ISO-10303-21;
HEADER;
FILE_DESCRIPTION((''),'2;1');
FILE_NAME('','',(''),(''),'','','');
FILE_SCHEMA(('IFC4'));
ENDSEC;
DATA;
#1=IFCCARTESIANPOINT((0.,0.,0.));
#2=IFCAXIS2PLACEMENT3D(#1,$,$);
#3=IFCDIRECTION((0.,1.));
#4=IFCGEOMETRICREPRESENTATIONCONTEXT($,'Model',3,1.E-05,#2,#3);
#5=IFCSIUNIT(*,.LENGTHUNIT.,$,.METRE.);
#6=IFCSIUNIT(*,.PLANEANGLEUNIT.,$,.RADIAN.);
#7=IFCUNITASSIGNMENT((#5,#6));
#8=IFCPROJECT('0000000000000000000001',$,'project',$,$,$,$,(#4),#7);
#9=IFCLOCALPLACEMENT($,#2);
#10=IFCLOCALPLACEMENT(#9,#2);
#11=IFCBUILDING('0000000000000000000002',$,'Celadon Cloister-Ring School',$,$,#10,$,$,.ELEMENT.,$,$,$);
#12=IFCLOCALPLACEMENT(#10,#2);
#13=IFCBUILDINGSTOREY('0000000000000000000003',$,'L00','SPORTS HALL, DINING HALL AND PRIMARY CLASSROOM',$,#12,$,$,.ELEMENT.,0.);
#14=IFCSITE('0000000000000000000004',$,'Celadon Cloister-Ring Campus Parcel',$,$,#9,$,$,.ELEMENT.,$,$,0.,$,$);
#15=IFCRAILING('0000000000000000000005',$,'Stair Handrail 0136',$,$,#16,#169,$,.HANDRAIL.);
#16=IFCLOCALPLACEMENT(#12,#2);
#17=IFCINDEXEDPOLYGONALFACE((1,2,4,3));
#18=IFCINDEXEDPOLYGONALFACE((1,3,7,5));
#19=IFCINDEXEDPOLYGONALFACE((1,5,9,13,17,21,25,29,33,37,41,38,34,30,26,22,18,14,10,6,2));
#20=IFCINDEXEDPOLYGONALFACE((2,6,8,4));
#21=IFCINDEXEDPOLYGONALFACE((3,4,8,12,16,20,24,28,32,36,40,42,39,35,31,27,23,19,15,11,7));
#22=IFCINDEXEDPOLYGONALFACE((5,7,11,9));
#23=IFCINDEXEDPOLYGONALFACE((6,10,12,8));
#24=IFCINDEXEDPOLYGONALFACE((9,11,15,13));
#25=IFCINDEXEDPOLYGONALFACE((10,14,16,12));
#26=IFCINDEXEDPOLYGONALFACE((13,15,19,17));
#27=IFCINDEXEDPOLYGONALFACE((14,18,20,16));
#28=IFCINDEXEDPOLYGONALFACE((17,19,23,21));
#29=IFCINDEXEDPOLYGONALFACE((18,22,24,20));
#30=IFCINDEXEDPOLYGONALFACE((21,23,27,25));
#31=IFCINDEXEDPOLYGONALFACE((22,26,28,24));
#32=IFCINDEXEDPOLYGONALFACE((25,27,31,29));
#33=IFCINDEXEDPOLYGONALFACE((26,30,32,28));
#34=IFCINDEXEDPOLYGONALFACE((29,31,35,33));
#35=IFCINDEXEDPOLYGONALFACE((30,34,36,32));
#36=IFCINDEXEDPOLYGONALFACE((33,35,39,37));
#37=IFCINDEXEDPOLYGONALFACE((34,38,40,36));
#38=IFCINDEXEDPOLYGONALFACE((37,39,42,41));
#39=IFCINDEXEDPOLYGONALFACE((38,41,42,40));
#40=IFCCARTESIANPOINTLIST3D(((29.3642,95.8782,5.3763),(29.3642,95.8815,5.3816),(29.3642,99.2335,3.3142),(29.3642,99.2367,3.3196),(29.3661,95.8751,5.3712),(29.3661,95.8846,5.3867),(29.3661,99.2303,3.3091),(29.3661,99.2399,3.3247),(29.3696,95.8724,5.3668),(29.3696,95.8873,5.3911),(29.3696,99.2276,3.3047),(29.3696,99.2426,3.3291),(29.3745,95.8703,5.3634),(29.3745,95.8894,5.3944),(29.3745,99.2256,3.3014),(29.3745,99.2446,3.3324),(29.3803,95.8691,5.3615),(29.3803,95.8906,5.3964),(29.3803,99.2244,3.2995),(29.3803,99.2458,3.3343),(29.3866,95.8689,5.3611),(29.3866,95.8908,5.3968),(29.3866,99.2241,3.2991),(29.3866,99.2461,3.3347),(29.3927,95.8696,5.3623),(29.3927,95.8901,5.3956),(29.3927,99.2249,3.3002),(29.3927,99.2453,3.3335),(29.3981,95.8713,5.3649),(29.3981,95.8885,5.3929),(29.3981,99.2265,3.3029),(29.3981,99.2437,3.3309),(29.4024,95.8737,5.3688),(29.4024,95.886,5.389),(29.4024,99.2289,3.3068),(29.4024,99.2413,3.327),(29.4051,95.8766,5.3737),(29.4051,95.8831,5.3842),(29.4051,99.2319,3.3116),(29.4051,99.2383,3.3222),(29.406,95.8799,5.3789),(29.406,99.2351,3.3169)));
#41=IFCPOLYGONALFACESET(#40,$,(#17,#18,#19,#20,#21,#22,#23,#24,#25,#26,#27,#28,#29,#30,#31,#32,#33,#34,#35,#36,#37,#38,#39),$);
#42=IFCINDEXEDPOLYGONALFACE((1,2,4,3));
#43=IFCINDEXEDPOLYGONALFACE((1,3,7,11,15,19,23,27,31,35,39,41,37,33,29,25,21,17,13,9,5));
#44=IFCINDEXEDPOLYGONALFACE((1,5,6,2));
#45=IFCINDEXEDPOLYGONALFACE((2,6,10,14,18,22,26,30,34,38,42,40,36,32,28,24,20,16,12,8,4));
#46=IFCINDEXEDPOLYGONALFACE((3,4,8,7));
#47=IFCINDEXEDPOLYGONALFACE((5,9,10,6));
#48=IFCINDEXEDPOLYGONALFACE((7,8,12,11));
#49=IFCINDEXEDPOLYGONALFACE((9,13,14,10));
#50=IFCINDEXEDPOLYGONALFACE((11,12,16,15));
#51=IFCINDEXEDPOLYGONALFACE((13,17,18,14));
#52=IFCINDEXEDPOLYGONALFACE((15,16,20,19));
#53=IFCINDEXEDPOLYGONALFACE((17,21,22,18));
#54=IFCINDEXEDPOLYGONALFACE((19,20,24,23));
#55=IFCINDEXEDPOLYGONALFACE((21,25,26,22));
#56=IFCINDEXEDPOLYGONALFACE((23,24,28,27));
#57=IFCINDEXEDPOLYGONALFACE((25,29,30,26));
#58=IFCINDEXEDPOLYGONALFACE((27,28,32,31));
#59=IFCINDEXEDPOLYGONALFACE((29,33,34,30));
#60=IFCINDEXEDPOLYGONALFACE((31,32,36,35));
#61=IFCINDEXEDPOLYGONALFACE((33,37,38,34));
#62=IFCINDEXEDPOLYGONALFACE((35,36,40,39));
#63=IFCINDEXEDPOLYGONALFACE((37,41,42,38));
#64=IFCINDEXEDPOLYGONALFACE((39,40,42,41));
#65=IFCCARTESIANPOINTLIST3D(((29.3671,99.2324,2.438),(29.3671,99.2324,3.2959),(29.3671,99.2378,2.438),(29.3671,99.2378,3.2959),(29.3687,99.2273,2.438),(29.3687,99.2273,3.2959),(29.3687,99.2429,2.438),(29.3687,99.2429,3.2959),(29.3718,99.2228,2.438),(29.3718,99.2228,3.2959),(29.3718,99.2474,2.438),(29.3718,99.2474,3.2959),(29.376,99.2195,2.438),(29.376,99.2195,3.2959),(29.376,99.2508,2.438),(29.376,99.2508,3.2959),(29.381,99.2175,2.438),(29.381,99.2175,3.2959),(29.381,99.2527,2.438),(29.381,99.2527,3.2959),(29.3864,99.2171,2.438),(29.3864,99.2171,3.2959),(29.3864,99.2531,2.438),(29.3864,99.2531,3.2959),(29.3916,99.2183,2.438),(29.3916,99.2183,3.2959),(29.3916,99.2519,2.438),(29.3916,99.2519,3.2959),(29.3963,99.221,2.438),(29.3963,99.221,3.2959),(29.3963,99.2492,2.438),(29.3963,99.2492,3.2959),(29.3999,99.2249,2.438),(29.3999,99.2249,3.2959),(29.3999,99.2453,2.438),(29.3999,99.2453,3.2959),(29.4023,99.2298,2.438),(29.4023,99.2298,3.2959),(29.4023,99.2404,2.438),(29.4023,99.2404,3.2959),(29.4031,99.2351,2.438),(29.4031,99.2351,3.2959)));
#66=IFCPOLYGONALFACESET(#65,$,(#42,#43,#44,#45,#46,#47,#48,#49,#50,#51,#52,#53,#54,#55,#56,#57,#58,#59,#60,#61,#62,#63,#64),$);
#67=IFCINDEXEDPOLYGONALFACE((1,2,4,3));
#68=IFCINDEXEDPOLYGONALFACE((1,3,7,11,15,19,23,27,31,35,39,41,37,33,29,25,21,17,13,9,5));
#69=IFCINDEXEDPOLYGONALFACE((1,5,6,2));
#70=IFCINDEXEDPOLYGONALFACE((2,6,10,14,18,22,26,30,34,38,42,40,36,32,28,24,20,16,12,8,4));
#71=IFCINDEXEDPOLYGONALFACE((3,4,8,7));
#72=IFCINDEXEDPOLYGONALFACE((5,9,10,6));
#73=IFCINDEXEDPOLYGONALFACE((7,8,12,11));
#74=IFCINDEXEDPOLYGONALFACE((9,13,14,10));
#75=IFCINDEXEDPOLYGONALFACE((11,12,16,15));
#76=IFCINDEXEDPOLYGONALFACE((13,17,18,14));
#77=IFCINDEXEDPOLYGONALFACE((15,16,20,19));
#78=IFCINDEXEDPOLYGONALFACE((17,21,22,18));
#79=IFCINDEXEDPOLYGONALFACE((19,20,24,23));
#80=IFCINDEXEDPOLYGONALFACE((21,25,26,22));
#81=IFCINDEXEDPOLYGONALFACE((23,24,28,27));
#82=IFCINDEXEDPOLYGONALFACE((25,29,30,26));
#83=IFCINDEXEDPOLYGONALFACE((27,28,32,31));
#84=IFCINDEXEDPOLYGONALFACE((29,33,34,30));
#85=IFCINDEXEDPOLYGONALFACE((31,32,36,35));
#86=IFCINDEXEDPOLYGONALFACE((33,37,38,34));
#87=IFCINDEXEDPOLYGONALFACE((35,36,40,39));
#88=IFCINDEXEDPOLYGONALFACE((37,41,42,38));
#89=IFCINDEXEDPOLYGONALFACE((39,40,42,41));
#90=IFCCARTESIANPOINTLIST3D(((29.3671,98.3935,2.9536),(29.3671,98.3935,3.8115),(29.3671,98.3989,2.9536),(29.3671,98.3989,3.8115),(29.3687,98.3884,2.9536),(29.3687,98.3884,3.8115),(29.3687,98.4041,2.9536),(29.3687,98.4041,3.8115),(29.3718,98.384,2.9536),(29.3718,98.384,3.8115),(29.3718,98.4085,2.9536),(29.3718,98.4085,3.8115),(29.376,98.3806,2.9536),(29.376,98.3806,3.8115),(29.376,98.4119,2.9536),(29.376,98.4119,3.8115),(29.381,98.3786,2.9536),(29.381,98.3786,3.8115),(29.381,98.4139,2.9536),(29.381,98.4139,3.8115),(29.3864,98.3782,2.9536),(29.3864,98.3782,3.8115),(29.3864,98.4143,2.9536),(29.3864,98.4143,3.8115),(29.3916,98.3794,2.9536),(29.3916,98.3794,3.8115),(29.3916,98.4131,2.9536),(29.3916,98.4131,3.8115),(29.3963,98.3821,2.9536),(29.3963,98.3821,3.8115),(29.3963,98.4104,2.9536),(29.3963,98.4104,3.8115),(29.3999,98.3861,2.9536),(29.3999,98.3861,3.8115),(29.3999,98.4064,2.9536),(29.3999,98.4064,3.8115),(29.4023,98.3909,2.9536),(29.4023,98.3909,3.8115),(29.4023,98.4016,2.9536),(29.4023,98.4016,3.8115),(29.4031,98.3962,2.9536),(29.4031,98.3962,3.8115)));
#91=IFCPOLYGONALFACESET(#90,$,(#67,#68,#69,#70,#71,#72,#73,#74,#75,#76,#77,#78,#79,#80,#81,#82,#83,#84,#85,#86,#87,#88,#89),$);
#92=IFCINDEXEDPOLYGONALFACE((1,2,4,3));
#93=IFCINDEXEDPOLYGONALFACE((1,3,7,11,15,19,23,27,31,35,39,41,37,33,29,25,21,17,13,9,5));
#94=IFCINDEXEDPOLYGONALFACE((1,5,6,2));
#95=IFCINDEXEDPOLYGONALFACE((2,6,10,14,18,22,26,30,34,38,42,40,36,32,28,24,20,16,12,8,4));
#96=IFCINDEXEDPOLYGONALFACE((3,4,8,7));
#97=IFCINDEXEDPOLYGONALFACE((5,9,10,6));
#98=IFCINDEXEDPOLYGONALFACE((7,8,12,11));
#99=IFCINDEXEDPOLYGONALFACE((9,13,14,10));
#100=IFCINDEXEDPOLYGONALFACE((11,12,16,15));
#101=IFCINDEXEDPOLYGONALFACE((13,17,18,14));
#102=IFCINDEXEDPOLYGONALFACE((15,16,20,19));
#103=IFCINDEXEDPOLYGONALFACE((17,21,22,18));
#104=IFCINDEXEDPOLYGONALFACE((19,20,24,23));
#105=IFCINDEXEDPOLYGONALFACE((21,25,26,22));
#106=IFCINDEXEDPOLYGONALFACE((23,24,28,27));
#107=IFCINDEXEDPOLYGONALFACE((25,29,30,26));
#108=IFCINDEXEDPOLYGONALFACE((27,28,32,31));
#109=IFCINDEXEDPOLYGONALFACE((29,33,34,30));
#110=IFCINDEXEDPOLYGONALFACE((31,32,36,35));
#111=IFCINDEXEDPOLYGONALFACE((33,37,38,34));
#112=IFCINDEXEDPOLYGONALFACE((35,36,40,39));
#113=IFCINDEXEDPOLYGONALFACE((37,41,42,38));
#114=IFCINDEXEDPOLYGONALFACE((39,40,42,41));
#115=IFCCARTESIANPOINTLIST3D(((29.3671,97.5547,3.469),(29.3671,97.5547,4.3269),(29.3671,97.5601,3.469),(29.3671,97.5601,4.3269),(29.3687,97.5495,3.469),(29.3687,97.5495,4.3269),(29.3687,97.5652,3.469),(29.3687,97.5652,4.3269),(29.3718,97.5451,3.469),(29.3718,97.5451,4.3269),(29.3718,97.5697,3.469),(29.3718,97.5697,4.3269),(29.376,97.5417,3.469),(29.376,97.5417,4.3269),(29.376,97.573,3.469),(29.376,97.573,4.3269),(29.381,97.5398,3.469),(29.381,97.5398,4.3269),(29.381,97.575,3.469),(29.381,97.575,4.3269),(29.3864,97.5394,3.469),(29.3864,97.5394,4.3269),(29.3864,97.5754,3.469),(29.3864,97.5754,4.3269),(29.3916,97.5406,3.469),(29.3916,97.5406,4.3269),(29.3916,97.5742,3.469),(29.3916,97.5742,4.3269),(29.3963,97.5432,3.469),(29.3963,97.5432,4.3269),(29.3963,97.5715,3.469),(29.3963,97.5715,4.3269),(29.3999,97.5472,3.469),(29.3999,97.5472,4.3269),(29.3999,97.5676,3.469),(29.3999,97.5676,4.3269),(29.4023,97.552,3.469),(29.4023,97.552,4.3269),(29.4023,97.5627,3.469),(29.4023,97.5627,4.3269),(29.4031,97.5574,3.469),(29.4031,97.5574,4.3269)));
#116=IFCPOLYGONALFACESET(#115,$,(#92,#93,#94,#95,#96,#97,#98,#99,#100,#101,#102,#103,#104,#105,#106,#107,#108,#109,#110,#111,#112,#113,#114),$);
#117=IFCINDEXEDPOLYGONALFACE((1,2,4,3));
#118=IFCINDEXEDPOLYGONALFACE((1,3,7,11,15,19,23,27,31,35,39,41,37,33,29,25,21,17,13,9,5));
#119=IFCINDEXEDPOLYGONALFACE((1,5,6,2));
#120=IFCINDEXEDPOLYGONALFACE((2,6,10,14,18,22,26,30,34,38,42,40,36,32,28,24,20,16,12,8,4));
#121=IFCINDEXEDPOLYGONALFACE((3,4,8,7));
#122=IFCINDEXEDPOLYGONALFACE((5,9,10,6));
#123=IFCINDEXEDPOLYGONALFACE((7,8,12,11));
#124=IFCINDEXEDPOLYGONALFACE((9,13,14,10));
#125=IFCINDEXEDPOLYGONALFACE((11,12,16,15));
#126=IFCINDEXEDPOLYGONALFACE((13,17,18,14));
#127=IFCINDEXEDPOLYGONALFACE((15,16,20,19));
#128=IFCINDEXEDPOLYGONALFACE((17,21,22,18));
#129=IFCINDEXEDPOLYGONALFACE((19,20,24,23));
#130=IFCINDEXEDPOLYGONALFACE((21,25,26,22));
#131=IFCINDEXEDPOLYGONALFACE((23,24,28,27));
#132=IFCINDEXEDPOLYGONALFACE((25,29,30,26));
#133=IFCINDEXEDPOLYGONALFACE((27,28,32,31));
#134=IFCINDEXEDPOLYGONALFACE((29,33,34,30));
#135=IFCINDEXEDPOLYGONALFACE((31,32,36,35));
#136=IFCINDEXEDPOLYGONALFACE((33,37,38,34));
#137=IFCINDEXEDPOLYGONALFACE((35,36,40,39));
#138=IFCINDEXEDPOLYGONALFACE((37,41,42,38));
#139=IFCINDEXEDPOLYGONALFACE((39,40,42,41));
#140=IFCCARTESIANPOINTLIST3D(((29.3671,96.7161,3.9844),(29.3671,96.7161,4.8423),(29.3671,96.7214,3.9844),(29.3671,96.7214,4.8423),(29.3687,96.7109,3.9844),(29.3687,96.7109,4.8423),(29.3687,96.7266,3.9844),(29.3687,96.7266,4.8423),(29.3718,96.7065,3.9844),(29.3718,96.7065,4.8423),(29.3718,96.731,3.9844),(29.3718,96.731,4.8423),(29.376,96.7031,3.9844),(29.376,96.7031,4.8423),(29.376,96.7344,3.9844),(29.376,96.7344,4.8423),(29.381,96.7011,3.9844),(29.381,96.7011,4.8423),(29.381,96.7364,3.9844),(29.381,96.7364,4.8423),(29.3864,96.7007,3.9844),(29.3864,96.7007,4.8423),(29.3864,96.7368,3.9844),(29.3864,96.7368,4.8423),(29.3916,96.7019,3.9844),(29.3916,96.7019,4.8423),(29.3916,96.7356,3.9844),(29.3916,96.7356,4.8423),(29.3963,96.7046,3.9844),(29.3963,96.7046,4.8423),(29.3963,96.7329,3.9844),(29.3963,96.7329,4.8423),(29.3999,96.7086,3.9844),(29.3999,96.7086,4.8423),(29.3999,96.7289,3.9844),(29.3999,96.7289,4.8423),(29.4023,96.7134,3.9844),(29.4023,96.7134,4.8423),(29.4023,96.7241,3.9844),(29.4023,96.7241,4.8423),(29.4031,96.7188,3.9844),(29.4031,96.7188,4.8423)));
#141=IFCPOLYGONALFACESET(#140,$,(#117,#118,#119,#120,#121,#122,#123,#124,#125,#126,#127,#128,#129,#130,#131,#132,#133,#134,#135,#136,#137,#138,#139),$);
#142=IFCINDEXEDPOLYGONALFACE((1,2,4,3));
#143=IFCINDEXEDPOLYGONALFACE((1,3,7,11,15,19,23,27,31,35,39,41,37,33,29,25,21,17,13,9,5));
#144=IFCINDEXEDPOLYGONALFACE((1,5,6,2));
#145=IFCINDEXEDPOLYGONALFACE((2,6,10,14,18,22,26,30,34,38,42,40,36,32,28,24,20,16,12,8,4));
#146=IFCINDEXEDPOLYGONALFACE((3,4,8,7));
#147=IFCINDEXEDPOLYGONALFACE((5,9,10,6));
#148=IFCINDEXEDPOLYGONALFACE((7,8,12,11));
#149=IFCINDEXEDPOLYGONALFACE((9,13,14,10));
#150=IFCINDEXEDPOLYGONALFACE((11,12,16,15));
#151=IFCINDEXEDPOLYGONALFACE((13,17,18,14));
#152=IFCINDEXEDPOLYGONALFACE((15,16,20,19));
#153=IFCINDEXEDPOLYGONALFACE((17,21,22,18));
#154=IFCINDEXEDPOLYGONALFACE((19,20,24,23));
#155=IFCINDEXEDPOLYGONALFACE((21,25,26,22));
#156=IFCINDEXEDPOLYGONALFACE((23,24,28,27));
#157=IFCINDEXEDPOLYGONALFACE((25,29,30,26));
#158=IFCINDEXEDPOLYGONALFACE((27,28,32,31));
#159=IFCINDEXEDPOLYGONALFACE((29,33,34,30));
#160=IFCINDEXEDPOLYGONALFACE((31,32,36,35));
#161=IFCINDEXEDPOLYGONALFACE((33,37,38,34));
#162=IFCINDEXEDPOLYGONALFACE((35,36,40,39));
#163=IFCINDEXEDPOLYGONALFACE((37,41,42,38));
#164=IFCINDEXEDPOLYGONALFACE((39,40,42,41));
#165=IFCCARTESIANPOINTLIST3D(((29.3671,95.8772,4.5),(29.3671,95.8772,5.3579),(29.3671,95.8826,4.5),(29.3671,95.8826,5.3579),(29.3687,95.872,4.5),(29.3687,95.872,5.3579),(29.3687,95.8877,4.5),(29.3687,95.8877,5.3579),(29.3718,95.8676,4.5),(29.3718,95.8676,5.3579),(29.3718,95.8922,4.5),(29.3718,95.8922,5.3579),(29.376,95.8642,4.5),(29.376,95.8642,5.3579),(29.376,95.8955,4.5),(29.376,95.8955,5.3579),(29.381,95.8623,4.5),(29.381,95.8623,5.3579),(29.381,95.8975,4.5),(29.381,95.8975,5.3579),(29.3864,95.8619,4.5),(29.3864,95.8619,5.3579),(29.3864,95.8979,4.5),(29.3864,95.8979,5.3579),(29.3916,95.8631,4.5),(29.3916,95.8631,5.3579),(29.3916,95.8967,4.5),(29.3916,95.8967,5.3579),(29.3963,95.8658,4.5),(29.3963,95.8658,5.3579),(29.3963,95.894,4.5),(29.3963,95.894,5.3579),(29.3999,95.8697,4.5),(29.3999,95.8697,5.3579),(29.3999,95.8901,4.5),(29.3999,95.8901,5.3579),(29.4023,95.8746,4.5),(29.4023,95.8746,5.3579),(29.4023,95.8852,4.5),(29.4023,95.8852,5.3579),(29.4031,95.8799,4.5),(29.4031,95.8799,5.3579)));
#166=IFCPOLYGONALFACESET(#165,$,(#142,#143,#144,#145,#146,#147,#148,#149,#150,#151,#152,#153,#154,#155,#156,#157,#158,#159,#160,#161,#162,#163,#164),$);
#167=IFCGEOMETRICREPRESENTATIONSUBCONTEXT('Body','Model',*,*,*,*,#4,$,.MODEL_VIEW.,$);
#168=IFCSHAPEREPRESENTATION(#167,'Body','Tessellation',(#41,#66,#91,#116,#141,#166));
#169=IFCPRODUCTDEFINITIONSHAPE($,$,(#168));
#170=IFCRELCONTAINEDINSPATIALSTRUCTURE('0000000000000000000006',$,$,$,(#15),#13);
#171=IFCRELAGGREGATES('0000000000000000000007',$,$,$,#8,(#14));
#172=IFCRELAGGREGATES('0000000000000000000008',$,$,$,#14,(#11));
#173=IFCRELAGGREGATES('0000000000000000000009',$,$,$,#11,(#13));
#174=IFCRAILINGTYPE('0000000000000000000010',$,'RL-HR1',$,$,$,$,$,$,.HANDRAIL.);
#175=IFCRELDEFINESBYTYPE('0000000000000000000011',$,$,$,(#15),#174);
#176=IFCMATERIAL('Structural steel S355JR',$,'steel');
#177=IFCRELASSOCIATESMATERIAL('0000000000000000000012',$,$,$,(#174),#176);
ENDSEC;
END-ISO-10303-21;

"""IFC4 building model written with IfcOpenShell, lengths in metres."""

from ifc_helpers import new_model, si_unit, direction, frame, origin, origin_2d, place, context, subcontext, project, spatial, circle, extrude, material, type_object, element, save


model = new_model("IFC4")

# Units and contexts
model_context = context("Model", 3, precision=1e-05, world=origin(), true_north=direction((0.0, 1.0)))
body_context = subcontext(model_context, "Body", "Model", "MODEL_VIEW")
ifc_project = project(units=[si_unit("LENGTHUNIT", "METRE"), si_unit("PLANEANGLEUNIT", "RADIAN")], contexts=[model_context])

# Site, building, storey
site_placement = place(None, origin())
site = spatial("IfcSite", under=ifc_project, at=site_placement, Name="Celadon Cloister-Ring Campus Parcel", CompositionType="ELEMENT", RefElevation=0.0)
building_placement = place(site_placement, origin())
building = spatial("IfcBuilding", under=site, at=building_placement, Name="Celadon Cloister-Ring School", CompositionType="ELEMENT")
storey_placement = place(building_placement, origin())
storey = spatial("IfcBuildingStorey", under=building, at=storey_placement, Name="L00", Description="SPORTS HALL, DINING HALL AND PRIMARY CLASSROOM", CompositionType="ELEMENT", Elevation=0.0)

# Railing
ifc_material_1 = material(Name="Structural steel S355JR", Category="steel")
railing_type_1 = type_object("IfcRailingType", Name="RL-HR1", PredefinedType="HANDRAIL", material=ifc_material_1)
for number, where, name in (
    (1, (29.385, 99.2351, 2.438), "Stair Handrail 0136"),
):
    element("IfcRailing", number, at=place(storey_placement, frame(where)), inside=storey, type_object=railing_type_1, Name=name, PredefinedType="HANDRAIL", context=body_context, shape_type="SweptSolid", body=[
        extrude(circle(Radius=0.021, at=origin_2d()), frame((0.0, 0.0, 0.8789), z_axis=(0.0, -0.851969, 0.523592), x_axis=(1.0, 0.0, 0.0)), (0.0, 0.0, 1.0), 3.9382),
        extrude(circle(Radius=0.0181, at=origin_2d()), origin(), (0.0, 0.0, 1.0), 0.8579),
        extrude(circle(Radius=0.0181, at=origin_2d()), frame((0.0, -0.8389, 0.5156)), (0.0, 0.0, 1.0), 0.8579),
        extrude(circle(Radius=0.0181, at=origin_2d()), frame((0.0, -1.6777, 1.031)), (0.0, 0.0, 1.0), 0.8579),
        extrude(circle(Radius=0.0181, at=origin_2d()), frame((0.0, -2.5164, 1.5464)), (0.0, 0.0, 1.0), 0.8579),
        extrude(circle(Radius=0.0181, at=origin_2d()), frame((0.0, -3.3552, 2.062)), (0.0, 0.0, 1.0), 0.8579),
    ])

save(model, "model.ifc")
